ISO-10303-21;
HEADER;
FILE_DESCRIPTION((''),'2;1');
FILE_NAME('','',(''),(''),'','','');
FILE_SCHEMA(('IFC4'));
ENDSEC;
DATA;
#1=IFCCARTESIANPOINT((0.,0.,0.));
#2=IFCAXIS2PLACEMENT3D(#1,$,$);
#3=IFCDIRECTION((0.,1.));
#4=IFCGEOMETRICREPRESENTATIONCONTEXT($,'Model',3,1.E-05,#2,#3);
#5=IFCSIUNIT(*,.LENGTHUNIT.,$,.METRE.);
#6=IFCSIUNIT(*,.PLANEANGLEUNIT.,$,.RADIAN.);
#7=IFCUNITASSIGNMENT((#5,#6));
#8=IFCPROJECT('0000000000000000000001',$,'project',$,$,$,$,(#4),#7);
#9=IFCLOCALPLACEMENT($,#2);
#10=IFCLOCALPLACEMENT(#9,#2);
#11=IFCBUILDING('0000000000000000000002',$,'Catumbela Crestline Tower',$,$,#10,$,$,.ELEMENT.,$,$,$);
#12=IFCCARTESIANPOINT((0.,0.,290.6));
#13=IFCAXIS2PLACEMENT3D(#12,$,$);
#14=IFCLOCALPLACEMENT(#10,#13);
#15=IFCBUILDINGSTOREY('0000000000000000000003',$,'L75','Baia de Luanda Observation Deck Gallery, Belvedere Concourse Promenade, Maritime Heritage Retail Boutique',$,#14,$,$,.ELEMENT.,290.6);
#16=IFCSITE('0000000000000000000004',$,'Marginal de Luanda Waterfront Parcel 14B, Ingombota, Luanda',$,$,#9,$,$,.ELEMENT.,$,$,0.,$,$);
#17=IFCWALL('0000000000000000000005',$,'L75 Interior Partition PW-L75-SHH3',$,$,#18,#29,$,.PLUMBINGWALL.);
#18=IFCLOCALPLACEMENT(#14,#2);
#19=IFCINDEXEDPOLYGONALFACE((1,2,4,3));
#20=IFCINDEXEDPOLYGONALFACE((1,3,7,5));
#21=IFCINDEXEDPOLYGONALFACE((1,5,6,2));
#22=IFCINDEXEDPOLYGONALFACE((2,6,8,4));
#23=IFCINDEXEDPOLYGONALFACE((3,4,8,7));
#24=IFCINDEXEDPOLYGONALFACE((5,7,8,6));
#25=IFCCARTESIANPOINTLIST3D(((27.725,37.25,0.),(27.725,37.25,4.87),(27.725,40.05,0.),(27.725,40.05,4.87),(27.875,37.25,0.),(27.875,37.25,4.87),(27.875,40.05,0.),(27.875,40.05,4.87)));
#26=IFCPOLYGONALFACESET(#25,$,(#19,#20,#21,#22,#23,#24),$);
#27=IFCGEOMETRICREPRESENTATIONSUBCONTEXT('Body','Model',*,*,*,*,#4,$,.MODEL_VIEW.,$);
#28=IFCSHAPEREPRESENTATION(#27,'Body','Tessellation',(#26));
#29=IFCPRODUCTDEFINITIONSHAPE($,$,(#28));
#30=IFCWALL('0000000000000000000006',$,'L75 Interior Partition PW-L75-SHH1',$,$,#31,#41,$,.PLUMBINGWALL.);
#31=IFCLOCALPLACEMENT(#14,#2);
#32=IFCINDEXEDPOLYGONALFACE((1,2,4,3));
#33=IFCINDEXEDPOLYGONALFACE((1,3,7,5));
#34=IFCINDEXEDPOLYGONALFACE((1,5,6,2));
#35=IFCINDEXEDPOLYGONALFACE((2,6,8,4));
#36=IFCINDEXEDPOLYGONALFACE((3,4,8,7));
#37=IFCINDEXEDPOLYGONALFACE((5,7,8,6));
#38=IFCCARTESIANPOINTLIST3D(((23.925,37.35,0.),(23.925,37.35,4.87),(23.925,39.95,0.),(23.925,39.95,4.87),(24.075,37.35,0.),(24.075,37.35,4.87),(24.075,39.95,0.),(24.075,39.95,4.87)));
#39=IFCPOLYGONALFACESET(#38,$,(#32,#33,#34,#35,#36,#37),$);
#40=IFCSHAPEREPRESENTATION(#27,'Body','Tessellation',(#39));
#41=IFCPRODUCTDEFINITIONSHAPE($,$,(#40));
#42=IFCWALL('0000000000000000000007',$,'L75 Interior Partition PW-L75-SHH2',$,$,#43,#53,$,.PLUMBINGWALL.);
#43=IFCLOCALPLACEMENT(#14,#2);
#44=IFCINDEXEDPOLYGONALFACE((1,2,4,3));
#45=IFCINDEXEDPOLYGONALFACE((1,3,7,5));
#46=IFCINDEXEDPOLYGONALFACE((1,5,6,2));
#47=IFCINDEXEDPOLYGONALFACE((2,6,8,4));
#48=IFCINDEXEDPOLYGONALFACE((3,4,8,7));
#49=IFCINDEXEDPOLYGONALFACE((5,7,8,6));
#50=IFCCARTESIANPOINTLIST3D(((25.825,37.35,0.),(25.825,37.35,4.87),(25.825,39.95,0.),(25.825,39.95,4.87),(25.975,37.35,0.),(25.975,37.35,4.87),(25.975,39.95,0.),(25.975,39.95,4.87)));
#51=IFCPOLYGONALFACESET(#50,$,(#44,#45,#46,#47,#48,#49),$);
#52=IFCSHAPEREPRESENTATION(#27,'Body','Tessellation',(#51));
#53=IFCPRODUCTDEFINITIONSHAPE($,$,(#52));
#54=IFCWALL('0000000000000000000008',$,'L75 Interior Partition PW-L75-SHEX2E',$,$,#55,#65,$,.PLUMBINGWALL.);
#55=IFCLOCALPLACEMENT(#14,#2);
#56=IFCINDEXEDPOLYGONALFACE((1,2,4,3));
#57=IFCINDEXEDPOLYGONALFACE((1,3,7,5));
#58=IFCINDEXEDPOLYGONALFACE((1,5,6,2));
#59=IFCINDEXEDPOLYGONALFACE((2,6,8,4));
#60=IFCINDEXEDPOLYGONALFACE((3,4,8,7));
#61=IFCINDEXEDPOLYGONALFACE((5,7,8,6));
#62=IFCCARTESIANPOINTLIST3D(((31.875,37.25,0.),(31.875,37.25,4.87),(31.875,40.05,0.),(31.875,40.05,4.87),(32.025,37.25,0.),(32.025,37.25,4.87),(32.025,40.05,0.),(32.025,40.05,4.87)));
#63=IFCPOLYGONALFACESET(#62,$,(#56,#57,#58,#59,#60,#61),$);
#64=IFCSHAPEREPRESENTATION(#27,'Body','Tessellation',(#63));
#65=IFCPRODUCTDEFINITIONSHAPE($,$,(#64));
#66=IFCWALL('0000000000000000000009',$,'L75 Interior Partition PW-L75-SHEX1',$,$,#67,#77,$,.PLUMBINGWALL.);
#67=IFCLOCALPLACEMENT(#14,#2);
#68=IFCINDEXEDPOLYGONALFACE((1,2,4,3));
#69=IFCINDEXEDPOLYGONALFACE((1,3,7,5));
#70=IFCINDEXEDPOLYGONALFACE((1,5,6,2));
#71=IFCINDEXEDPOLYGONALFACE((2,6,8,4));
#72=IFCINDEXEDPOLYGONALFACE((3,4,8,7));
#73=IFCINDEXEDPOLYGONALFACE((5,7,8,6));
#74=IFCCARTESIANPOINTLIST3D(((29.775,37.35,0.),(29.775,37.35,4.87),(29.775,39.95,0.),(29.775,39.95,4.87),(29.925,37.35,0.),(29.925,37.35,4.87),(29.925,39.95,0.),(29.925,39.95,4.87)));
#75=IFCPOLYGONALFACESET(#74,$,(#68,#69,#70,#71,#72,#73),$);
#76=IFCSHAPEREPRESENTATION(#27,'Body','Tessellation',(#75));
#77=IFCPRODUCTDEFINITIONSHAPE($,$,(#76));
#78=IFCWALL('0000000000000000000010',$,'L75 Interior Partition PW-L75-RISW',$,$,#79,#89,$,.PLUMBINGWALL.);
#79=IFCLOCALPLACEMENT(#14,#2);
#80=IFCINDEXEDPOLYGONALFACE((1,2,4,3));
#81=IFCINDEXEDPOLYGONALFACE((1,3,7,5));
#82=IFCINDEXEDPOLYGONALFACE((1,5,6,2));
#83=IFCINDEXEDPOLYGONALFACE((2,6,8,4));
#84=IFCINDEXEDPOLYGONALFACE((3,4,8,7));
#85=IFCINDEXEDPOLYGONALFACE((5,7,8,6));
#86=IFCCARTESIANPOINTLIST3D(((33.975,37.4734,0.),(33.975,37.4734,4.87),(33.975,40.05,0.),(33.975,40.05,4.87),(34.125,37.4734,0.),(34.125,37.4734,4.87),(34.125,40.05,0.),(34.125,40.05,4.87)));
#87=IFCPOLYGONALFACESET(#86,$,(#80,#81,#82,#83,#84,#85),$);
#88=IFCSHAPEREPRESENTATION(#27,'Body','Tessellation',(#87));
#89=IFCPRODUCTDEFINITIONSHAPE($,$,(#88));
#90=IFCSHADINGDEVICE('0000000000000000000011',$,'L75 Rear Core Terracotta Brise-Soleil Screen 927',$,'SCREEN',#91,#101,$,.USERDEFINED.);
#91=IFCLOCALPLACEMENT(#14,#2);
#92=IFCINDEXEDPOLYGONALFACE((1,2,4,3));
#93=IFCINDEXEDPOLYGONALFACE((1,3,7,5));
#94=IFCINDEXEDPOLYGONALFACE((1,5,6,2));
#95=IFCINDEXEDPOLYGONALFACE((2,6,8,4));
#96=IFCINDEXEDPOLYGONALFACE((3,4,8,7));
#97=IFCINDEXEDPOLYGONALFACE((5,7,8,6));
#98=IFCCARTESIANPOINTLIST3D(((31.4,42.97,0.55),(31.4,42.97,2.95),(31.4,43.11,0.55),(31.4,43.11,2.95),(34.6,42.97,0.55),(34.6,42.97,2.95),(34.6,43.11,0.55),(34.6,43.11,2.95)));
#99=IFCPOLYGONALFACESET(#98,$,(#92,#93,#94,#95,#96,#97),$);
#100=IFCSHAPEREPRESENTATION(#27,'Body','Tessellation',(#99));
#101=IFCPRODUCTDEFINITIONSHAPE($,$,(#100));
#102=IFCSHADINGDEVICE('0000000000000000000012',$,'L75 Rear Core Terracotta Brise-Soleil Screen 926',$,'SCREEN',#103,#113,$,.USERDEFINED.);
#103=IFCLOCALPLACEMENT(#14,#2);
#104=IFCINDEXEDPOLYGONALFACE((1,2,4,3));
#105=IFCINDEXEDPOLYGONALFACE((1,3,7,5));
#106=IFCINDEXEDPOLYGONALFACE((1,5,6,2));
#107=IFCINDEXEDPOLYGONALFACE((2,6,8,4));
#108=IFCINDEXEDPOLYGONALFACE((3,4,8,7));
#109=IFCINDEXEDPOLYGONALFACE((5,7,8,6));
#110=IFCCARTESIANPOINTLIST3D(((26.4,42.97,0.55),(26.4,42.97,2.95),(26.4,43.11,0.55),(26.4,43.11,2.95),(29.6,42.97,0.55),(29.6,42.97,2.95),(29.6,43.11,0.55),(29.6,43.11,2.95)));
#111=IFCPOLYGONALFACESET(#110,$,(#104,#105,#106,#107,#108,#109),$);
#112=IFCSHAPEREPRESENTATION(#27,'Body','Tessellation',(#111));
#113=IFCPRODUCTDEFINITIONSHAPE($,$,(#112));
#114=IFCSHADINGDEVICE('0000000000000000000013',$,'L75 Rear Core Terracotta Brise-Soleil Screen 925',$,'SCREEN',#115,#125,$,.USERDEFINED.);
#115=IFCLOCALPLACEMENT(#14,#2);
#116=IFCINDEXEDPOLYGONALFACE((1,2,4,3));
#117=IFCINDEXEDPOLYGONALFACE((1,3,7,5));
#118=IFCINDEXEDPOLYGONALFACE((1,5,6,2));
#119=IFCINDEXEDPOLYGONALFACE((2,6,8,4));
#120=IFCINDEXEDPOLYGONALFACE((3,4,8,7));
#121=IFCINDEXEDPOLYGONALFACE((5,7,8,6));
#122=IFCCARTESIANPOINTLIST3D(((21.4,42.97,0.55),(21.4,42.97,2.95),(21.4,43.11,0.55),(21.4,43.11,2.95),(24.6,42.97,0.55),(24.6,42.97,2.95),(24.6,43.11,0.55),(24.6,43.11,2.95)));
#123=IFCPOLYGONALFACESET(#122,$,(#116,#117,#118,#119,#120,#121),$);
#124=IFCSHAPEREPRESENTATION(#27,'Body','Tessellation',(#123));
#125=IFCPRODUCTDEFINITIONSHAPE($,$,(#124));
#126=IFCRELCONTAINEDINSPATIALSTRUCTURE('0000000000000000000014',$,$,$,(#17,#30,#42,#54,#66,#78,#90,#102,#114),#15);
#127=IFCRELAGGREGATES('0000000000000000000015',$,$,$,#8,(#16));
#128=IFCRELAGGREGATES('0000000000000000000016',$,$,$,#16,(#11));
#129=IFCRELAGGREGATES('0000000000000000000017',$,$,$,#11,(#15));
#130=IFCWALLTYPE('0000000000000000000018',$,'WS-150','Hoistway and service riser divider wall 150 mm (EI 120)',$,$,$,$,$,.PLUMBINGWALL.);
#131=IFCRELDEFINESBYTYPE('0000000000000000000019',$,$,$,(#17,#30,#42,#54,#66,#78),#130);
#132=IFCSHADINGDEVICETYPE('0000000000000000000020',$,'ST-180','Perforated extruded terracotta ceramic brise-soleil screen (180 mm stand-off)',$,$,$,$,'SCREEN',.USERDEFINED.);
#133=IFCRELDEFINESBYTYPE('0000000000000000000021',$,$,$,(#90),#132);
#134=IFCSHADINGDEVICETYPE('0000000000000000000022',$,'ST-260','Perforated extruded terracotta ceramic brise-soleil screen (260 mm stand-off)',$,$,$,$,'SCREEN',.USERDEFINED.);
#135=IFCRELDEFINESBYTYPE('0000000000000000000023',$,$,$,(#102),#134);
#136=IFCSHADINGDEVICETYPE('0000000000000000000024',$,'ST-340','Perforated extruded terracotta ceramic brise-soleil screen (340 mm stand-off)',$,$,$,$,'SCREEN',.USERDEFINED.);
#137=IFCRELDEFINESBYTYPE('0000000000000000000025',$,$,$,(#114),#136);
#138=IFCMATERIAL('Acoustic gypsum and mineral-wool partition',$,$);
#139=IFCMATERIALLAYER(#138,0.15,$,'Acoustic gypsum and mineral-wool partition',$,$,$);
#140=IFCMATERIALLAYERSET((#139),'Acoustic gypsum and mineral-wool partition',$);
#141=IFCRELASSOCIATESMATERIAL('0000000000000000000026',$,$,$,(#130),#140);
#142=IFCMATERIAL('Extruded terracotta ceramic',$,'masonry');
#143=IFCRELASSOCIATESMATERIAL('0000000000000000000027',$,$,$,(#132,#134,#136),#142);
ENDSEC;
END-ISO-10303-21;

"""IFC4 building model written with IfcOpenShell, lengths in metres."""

from ifc_helpers import new_model, si_unit, direction, frame, frame_2d, origin, origin_2d, place, context, subcontext, project, spatial, rectangle, extrude, material, layer, layer_set, type_object, element, save


model = new_model("IFC4")

# Units and contexts
model_context = context("Model", 3, precision=1e-05, world=origin(), true_north=direction((0.0, 1.0)))
body_context = subcontext(model_context, "Body", "Model", "MODEL_VIEW")
ifc_project = project(units=[si_unit("LENGTHUNIT", "METRE"), si_unit("PLANEANGLEUNIT", "RADIAN")], contexts=[model_context])

# Site, building, storey
site_placement = place(None, origin())
site = spatial("IfcSite", under=ifc_project, at=site_placement, Name="Marginal de Luanda Waterfront Parcel 14B, Ingombota, Luanda", CompositionType="ELEMENT", RefElevation=0.0)
building_placement = place(site_placement, origin())
building = spatial("IfcBuilding", under=site, at=building_placement, Name="Catumbela Crestline Tower", CompositionType="ELEMENT")
storey_placement = place(building_placement, frame((0.0, 0.0, 290.6)))
storey = spatial("IfcBuildingStorey", under=building, at=storey_placement, Name="L75", Description="Baia de Luanda Observation Deck Gallery, Belvedere Concourse Promenade, Maritime Heritage Retail Boutique", CompositionType="ELEMENT", Elevation=290.6)

# Shared definitions
ifc_material_1 = material(Name="Acoustic gypsum and mineral-wool partition")

# Walls
ifc_layer_1 = layer(ifc_material_1, 0.15, Name="Acoustic gypsum and mineral-wool partition")
ifc_layer_set_1 = layer_set([ifc_layer_1], Name="Acoustic gypsum and mineral-wool partition")
wall_type_1 = type_object("IfcWallType", Name="WS-150", Description="Hoistway and service riser divider wall 150 mm (EI 120)", PredefinedType="PLUMBINGWALL", material=ifc_layer_set_1)
wall_1_placement = place(storey_placement, frame((27.8, 37.25, 0.0), z_axis=(0.0, 0.0, 1.0), x_axis=(0.0, 1.0, 0.0)))
element("IfcWall", 1, at=wall_1_placement, inside=storey, type_object=wall_type_1, Name="L75 Interior Partition PW-L75-SHH3", PredefinedType="PLUMBINGWALL", context=body_context, shape_type="SweptSolid", body=[
    extrude(rectangle(XDim=2.8, YDim=0.15, at=frame_2d((1.4, 0.0))), origin(), (0.0, 0.0, 1.0), 4.87),
])
for number, where, z_axis, x_axis, name in (
    (2, (24.0, 37.35, 0.0), (0.0, 0.0, 1.0), (0.0, 1.0, 0.0), "L75 Interior Partition PW-L75-SHH1"),
    (3, (25.9, 37.35, 0.0), (0.0, 0.0, 1.0), (0.0, 1.0, 0.0), "L75 Interior Partition PW-L75-SHH2"),
):
    element("IfcWall", number, at=place(storey_placement, frame(where, z_axis=z_axis, x_axis=x_axis)), inside=storey, type_object=wall_type_1, Name=name, PredefinedType="PLUMBINGWALL", context=body_context, shape_type="SweptSolid", body=[
        extrude(rectangle(XDim=2.6, YDim=0.15, at=frame_2d((1.3, 0.0))), origin(), (0.0, 0.0, 1.0), 4.87),
    ])
wall_2_placement = place(storey_placement, frame((31.95, 37.25, 0.0), z_axis=(0.0, 0.0, 1.0), x_axis=(0.0, 1.0, 0.0)))
element("IfcWall", 4, at=wall_2_placement, inside=storey, type_object=wall_type_1, Name="L75 Interior Partition PW-L75-SHEX2E", PredefinedType="PLUMBINGWALL", context=body_context, shape_type="SweptSolid", body=[
    extrude(rectangle(XDim=2.8, YDim=0.15, at=frame_2d((1.4, 0.0))), origin(), (0.0, 0.0, 1.0), 4.87),
])
wall_3_placement = place(storey_placement, frame((29.85, 37.35, 0.0), z_axis=(0.0, 0.0, 1.0), x_axis=(0.0, 1.0, 0.0)))
element("IfcWall", 5, at=wall_3_placement, inside=storey, type_object=wall_type_1, Name="L75 Interior Partition PW-L75-SHEX1", PredefinedType="PLUMBINGWALL", context=body_context, shape_type="SweptSolid", body=[
    extrude(rectangle(XDim=2.6, YDim=0.15, at=frame_2d((1.3, 0.0))), origin(), (0.0, 0.0, 1.0), 4.87),
])
wall_4_placement = place(storey_placement, frame((34.05, 37.4734, 0.0), z_axis=(0.0, 0.0, 1.0), x_axis=(0.0, 1.0, 0.0)))
element("IfcWall", 6, at=wall_4_placement, inside=storey, type_object=wall_type_1, Name="L75 Interior Partition PW-L75-RISW", PredefinedType="PLUMBINGWALL", context=body_context, shape_type="SweptSolid", body=[
    extrude(rectangle(XDim=2.5766, YDim=0.15, at=frame_2d((1.2883, 0.0))), origin(), (0.0, 0.0, 1.0), 4.87),
])

# Shading devices
ifc_material_2 = material(Name="Extruded terracotta ceramic", Category="masonry")
shading_device_type_1 = type_object("IfcShadingDeviceType", Name="ST-180", Description="Perforated extruded terracotta ceramic brise-soleil screen (180 mm stand-off)", ElementType="SCREEN", PredefinedType="USERDEFINED", material=ifc_material_2)
shading_device_1_placement = place(storey_placement, frame((33.0, 43.04, 0.55), z_axis=(0.0, 0.0, 1.0), x_axis=(1.0, 0.0, 0.0)))
element("IfcShadingDevice", 7, at=shading_device_1_placement, inside=storey, type_object=shading_device_type_1, Name="L75 Rear Core Terracotta Brise-Soleil Screen 927", ObjectType="SCREEN", PredefinedType="USERDEFINED", context=body_context, shape_type="SweptSolid", body=[
    extrude(rectangle(XDim=3.2, YDim=0.14, at=origin_2d()), origin(), (0.0, 0.0, 1.0), 2.4),
])
shading_device_type_2 = type_object("IfcShadingDeviceType", Name="ST-260", Description="Perforated extruded terracotta ceramic brise-soleil screen (260 mm stand-off)", ElementType="SCREEN", PredefinedType="USERDEFINED", material=ifc_material_2)
shading_device_2_placement = place(storey_placement, frame((28.0, 43.04, 0.55), z_axis=(0.0, 0.0, 1.0), x_axis=(1.0, 0.0, 0.0)))
element("IfcShadingDevice", 8, at=shading_device_2_placement, inside=storey, type_object=shading_device_type_2, Name="L75 Rear Core Terracotta Brise-Soleil Screen 926", ObjectType="SCREEN", PredefinedType="USERDEFINED", context=body_context, shape_type="SweptSolid", body=[
    extrude(rectangle(XDim=3.2, YDim=0.14, at=origin_2d()), origin(), (0.0, 0.0, 1.0), 2.4),
])
shading_device_type_3 = type_object("IfcShadingDeviceType", Name="ST-340", Description="Perforated extruded terracotta ceramic brise-soleil screen (340 mm stand-off)", ElementType="SCREEN", PredefinedType="USERDEFINED", material=ifc_material_2)
shading_device_3_placement = place(storey_placement, frame((23.0, 43.04, 0.55), z_axis=(0.0, 0.0, 1.0), x_axis=(1.0, 0.0, 0.0)))
element("IfcShadingDevice", 9, at=shading_device_3_placement, inside=storey, type_object=shading_device_type_3, Name="L75 Rear Core Terracotta Brise-Soleil Screen 925", ObjectType="SCREEN", PredefinedType="USERDEFINED", context=body_context, shape_type="SweptSolid", body=[
    extrude(rectangle(XDim=3.2, YDim=0.14, at=origin_2d()), origin(), (0.0, 0.0, 1.0), 2.4),
])

save(model, "model.ifc")
